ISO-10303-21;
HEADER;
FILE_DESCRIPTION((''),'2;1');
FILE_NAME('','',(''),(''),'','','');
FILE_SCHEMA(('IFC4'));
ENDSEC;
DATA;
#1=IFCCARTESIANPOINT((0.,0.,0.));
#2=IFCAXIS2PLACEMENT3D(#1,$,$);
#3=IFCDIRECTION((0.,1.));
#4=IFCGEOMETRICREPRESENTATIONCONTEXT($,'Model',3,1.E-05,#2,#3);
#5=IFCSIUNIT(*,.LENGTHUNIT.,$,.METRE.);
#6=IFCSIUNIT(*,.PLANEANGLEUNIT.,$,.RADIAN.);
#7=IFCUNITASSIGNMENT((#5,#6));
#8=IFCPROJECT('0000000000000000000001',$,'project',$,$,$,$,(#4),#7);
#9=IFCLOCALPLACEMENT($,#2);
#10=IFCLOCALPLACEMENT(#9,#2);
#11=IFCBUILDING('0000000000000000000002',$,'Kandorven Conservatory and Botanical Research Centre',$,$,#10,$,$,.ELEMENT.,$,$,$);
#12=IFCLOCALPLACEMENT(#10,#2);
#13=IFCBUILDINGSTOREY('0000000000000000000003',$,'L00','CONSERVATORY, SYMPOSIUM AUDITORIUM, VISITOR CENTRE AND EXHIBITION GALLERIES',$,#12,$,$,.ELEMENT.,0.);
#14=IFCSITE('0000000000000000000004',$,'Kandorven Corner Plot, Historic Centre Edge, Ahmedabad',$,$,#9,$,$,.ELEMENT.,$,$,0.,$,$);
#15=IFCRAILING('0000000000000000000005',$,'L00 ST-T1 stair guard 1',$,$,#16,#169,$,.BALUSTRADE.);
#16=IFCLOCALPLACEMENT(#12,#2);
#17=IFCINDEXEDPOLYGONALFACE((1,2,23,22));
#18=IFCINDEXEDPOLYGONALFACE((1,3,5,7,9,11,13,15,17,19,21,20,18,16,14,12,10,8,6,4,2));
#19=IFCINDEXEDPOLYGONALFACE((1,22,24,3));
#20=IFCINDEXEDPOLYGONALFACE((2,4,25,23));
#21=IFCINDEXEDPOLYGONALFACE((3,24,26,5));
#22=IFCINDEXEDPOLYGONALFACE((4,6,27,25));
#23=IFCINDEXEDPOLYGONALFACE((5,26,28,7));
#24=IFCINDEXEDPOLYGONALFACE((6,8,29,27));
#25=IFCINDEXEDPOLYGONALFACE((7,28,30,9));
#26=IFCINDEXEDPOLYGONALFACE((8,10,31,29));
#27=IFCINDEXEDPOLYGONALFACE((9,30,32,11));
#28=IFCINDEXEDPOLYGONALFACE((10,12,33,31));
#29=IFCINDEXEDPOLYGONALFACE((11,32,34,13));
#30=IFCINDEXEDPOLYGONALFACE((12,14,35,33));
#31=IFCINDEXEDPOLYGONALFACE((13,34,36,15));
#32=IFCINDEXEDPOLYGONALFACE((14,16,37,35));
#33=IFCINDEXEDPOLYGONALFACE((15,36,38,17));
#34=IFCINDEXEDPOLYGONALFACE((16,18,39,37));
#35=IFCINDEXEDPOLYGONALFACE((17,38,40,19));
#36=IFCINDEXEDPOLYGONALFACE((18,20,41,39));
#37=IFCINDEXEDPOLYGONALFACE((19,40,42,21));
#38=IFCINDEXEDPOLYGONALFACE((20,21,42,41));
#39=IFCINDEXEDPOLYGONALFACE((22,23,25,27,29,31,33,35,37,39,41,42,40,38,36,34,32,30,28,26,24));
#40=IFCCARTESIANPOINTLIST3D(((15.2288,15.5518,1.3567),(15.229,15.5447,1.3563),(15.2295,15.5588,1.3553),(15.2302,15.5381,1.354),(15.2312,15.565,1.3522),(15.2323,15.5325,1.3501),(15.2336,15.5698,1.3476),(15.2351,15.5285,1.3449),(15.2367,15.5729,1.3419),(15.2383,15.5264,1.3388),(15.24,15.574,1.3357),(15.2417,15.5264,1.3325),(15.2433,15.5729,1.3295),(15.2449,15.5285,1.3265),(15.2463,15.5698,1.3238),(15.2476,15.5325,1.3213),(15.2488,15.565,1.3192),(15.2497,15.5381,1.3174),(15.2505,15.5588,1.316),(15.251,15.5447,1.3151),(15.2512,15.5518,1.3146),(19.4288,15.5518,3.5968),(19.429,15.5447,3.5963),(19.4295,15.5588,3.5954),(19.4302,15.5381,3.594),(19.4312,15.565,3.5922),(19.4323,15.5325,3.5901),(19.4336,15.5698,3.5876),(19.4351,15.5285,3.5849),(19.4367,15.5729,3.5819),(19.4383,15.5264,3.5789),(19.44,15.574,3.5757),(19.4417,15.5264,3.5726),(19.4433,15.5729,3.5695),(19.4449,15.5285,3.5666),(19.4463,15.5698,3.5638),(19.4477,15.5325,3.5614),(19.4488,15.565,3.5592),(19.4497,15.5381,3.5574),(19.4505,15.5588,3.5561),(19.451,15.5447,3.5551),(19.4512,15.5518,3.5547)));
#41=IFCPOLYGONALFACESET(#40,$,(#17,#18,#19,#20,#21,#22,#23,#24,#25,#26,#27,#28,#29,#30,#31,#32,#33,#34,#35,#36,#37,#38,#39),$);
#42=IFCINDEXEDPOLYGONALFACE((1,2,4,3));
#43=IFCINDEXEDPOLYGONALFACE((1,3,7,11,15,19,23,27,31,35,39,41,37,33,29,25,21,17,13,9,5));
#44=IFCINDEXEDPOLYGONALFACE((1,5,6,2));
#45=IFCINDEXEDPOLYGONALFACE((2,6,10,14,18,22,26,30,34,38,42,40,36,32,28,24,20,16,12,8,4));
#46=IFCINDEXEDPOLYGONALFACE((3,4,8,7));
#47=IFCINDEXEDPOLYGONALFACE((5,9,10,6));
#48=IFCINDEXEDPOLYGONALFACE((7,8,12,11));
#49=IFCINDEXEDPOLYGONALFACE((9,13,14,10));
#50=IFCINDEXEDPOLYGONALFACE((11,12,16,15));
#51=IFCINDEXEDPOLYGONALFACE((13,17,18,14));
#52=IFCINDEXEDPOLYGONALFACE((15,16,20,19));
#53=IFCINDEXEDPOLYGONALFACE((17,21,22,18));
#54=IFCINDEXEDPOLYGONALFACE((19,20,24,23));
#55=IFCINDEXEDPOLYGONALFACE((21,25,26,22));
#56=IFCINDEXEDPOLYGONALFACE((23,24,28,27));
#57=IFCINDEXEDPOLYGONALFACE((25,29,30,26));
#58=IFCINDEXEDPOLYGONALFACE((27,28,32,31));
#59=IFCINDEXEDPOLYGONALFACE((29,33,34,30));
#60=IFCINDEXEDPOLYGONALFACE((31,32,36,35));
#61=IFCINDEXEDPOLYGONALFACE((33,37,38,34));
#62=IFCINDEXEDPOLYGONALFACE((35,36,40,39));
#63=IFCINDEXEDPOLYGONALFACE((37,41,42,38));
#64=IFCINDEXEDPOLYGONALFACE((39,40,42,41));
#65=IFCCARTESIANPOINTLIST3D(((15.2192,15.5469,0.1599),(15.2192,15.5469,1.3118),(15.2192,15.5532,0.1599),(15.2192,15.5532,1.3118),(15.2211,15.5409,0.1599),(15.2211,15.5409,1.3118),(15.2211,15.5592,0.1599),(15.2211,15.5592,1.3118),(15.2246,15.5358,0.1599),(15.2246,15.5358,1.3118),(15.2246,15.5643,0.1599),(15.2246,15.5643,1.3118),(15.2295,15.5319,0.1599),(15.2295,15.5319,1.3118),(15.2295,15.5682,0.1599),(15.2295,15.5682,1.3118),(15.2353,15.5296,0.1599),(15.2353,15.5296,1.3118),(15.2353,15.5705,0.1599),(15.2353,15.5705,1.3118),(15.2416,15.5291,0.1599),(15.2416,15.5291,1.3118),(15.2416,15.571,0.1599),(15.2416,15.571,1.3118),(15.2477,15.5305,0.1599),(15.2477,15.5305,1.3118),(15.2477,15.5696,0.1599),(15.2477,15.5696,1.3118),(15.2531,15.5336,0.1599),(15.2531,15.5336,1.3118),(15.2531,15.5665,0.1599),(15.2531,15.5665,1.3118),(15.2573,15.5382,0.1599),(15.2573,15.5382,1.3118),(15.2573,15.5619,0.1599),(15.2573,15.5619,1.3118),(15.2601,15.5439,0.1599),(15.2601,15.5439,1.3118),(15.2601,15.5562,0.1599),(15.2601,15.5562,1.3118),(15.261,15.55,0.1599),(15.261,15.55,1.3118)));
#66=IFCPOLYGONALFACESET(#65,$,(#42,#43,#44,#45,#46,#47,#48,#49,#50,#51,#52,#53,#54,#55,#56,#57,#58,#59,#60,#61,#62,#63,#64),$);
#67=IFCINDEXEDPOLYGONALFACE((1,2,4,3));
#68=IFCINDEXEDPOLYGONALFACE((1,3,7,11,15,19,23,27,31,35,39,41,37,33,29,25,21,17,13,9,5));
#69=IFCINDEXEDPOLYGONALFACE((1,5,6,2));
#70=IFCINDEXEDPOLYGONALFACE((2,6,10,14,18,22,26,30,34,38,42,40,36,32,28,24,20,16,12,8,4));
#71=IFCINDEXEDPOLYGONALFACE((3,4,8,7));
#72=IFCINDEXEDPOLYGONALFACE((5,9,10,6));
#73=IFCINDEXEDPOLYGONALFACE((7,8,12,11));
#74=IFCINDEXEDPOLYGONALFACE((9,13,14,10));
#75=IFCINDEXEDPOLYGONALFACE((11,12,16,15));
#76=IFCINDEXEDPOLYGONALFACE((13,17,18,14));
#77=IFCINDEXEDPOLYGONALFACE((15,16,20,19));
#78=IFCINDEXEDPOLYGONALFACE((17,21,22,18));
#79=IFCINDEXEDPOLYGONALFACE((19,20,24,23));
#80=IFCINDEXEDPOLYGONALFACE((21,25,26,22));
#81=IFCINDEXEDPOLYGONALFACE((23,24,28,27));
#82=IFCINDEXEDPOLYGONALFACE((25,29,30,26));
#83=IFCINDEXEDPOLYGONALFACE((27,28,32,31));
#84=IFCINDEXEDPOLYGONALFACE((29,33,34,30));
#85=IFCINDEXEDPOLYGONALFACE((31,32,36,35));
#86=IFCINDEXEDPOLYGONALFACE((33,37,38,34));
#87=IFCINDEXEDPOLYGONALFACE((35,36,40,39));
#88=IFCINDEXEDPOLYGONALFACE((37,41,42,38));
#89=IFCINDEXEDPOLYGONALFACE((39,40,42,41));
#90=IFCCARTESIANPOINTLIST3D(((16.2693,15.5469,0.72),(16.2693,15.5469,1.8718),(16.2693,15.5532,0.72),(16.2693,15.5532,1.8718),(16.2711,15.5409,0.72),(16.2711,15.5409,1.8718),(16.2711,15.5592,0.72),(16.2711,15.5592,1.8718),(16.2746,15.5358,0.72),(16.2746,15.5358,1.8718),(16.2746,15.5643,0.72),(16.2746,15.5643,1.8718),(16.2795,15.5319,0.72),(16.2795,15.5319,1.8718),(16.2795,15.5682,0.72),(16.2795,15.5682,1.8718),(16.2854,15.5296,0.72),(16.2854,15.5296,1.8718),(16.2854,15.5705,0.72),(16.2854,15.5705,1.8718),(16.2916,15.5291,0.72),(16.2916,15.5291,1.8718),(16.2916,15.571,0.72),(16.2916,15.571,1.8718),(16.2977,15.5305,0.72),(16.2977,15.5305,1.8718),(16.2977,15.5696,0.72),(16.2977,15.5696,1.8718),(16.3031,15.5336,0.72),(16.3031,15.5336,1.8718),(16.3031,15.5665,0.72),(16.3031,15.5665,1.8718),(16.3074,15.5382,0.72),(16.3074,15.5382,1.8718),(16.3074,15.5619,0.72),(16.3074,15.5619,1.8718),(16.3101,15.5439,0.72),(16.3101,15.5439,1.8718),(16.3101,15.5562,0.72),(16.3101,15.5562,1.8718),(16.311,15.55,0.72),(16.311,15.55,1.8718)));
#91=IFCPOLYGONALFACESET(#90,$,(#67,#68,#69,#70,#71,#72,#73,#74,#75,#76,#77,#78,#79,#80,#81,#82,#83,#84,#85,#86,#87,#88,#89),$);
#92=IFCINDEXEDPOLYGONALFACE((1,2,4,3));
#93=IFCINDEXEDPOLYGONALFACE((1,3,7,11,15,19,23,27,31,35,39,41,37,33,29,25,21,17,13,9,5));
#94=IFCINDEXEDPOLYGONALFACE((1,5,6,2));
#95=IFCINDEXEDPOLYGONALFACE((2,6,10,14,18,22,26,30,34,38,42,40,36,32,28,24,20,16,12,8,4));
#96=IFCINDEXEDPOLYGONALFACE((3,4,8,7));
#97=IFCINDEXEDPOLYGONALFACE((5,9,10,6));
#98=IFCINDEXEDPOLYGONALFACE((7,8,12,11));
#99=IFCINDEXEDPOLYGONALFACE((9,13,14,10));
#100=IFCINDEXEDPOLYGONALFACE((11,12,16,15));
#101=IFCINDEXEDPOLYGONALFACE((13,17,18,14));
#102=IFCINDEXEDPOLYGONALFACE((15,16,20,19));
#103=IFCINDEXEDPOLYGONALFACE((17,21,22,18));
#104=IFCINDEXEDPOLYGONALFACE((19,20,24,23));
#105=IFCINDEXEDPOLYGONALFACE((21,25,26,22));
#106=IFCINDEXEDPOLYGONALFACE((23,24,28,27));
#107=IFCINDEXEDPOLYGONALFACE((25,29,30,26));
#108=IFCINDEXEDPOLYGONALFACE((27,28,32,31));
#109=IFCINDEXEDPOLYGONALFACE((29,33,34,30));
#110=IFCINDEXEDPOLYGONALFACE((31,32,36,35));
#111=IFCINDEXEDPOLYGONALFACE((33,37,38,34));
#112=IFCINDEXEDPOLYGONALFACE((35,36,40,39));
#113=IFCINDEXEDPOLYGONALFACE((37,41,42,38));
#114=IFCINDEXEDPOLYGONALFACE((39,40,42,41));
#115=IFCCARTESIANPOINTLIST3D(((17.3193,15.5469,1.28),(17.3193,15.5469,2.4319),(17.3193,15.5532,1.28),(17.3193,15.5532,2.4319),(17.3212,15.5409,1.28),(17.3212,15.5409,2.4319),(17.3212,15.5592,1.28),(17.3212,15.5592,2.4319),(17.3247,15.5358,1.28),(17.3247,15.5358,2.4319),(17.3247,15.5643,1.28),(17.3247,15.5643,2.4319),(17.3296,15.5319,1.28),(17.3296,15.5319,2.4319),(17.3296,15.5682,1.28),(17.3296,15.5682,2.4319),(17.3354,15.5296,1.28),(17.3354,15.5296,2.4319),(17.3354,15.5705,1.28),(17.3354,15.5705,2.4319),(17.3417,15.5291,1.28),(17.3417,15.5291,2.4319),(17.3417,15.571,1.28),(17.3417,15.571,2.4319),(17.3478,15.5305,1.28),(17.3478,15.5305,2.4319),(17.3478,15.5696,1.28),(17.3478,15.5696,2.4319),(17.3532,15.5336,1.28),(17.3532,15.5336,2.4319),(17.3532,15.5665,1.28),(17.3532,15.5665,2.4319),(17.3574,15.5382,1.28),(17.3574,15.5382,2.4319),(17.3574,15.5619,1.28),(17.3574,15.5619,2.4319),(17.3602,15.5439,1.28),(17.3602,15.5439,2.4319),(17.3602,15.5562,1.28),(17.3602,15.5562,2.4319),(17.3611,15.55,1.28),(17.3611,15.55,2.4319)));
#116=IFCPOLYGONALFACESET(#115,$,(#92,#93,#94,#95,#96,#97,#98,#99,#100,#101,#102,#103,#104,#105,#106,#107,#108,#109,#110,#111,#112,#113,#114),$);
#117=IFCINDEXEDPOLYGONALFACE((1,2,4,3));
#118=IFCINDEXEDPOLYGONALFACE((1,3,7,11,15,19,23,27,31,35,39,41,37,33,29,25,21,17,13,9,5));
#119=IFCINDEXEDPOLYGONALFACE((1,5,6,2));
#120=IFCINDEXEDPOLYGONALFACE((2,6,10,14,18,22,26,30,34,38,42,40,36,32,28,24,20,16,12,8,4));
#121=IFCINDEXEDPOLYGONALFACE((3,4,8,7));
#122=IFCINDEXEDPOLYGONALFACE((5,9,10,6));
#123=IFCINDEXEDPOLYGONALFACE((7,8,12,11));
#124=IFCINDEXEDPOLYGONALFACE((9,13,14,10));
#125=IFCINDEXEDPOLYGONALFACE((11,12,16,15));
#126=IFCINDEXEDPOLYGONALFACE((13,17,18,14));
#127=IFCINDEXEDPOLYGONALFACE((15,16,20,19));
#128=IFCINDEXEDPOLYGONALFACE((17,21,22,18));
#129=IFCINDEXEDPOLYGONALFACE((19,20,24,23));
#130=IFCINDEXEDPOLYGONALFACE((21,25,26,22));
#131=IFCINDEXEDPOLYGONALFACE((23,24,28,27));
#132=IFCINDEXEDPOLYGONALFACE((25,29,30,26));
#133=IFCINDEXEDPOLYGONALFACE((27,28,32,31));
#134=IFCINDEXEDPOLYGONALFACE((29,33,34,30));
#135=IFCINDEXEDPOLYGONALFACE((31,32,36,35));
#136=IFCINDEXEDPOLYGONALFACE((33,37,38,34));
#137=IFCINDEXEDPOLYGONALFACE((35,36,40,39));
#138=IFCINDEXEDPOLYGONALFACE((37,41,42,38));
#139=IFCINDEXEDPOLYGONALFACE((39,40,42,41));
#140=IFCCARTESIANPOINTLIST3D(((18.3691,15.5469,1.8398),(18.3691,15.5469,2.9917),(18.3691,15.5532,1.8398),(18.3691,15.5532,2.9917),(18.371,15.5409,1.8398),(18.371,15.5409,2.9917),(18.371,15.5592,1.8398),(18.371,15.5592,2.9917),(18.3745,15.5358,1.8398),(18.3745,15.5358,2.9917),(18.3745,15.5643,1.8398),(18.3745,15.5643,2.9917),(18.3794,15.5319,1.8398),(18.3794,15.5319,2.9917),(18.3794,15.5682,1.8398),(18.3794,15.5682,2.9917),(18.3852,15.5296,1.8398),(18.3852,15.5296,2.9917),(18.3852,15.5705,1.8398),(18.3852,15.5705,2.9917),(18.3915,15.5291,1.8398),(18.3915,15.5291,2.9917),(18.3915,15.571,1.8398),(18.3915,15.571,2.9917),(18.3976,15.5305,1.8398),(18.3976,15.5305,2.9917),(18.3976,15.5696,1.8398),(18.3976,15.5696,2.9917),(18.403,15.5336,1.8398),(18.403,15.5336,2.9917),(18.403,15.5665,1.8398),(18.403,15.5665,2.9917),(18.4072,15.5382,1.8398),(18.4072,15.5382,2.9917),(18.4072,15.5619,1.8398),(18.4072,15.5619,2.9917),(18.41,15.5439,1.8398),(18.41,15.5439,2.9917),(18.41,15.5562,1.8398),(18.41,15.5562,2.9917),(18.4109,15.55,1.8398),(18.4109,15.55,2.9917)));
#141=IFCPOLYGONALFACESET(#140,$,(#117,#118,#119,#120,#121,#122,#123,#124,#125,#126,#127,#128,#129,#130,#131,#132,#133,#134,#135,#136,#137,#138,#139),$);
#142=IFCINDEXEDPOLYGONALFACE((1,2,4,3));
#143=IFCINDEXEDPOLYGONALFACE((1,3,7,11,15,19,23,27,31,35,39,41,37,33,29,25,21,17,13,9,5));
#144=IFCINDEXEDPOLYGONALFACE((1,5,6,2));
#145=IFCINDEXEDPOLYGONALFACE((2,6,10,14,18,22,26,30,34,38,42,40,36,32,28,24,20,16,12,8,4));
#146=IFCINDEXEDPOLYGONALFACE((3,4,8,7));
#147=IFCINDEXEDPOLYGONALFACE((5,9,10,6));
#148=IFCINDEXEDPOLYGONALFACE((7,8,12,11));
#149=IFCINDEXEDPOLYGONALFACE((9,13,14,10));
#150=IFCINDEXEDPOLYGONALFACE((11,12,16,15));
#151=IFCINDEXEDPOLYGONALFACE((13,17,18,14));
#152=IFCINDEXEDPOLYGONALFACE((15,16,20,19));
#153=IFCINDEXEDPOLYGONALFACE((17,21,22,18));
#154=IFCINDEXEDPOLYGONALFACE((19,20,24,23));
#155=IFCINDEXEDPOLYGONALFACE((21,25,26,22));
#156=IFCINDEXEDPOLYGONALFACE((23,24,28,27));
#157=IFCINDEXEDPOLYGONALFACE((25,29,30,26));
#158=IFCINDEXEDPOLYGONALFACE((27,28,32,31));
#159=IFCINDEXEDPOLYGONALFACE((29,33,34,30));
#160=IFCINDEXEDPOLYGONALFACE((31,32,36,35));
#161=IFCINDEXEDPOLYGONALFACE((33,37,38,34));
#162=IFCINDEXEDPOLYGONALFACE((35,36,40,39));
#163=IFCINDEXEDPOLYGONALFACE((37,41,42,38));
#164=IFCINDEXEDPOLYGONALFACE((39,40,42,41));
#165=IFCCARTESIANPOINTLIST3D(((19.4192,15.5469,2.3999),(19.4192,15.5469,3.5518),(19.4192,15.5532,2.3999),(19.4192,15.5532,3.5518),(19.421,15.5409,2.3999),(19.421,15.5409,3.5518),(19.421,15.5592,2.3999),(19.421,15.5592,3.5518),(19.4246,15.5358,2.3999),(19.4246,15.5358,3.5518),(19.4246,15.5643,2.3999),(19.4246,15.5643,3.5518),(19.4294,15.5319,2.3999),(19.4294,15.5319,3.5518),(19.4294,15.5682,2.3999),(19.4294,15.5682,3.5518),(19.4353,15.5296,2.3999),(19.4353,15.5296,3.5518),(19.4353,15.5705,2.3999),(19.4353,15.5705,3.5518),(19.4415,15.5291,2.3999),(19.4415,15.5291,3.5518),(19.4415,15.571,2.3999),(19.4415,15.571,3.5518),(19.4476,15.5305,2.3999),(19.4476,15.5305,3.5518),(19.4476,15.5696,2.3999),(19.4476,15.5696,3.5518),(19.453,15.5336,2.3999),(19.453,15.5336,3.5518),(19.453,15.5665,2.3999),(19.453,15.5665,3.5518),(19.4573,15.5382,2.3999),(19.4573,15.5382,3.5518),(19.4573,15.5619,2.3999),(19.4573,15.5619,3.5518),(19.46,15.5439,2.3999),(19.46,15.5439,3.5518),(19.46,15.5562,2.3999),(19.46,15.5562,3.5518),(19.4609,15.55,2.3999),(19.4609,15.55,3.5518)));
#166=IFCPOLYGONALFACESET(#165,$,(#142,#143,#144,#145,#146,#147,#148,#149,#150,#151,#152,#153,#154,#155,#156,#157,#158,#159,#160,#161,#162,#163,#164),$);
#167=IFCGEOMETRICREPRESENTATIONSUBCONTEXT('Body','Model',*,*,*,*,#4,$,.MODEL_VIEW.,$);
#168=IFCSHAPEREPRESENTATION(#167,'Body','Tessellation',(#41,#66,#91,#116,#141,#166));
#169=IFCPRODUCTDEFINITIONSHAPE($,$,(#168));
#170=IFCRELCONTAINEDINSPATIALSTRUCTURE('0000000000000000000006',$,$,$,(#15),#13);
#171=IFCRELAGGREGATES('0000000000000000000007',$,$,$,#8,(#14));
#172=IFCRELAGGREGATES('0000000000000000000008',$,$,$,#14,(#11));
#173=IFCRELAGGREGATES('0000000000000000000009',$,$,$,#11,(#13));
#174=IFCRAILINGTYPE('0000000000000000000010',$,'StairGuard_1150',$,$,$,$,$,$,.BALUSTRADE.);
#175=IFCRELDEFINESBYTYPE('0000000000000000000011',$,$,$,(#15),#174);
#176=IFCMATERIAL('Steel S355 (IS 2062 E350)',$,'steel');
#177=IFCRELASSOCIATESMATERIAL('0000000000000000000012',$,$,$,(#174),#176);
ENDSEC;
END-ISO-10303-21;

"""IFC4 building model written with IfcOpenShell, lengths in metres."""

from ifc_helpers import new_model, si_unit, direction, frame, origin, origin_2d, place, context, subcontext, project, spatial, circle, extrude, material, type_object, element, save


model = new_model("IFC4")

# Units and contexts
model_context = context("Model", 3, precision=1e-05, world=origin(), true_north=direction((0.0, 1.0)))
body_context = subcontext(model_context, "Body", "Model", "MODEL_VIEW")
ifc_project = project(units=[si_unit("LENGTHUNIT", "METRE"), si_unit("PLANEANGLEUNIT", "RADIAN")], contexts=[model_context])

# Site, building, storey
site_placement = place(None, origin())
site = spatial("IfcSite", under=ifc_project, at=site_placement, Name="Kandorven Corner Plot, Historic Centre Edge, Ahmedabad", CompositionType="ELEMENT", RefElevation=0.0)
building_placement = place(site_placement, origin())
building = spatial("IfcBuilding", under=site, at=building_placement, Name="Kandorven Conservatory and Botanical Research Centre", CompositionType="ELEMENT")
storey_placement = place(building_placement, origin())
storey = spatial("IfcBuildingStorey", under=building, at=storey_placement, Name="L00", Description="CONSERVATORY, SYMPOSIUM AUDITORIUM, VISITOR CENTRE AND EXHIBITION GALLERIES", CompositionType="ELEMENT", Elevation=0.0)

# Railing
ifc_material_1 = material(Name="Steel S355 (IS 2062 E350)", Category="steel")
railing_type_1 = type_object("IfcRailingType", Name="StairGuard_1150", PredefinedType="BALUSTRADE", material=ifc_material_1)
railing_1_placement = place(storey_placement, frame((15.24, 15.55, 0.1599)))
element("IfcRailing", 1, at=railing_1_placement, inside=storey, type_object=railing_type_1, Name="L00 ST-T1 stair guard 1", PredefinedType="BALUSTRADE", context=body_context, shape_type="SweptSolid", body=[
    extrude(circle(Radius=0.0239, at=origin_2d()), frame((0.0, 0.0, 1.1758), z_axis=(0.882352, 0.0, 0.470591), x_axis=(0.0, 1.0, 0.0)), (0.0, 0.0, 1.0), 4.76),
    extrude(circle(Radius=0.021, at=origin_2d()), origin(), (0.0, 0.0, 1.0), 1.1519),
    extrude(circle(Radius=0.021, at=origin_2d()), frame((1.05, 0.0, 0.5601)), (0.0, 0.0, 1.0), 1.1519),
    extrude(circle(Radius=0.021, at=origin_2d()), frame((2.1001, 0.0, 1.1201)), (0.0, 0.0, 1.0), 1.1519),
    extrude(circle(Radius=0.021, at=origin_2d()), frame((3.1499, 0.0, 1.6799)), (0.0, 0.0, 1.0), 1.1519),
    extrude(circle(Radius=0.021, at=origin_2d()), frame((4.2, 0.0, 2.24)), (0.0, 0.0, 1.0), 1.1519),
])

save(model, "model.ifc")
